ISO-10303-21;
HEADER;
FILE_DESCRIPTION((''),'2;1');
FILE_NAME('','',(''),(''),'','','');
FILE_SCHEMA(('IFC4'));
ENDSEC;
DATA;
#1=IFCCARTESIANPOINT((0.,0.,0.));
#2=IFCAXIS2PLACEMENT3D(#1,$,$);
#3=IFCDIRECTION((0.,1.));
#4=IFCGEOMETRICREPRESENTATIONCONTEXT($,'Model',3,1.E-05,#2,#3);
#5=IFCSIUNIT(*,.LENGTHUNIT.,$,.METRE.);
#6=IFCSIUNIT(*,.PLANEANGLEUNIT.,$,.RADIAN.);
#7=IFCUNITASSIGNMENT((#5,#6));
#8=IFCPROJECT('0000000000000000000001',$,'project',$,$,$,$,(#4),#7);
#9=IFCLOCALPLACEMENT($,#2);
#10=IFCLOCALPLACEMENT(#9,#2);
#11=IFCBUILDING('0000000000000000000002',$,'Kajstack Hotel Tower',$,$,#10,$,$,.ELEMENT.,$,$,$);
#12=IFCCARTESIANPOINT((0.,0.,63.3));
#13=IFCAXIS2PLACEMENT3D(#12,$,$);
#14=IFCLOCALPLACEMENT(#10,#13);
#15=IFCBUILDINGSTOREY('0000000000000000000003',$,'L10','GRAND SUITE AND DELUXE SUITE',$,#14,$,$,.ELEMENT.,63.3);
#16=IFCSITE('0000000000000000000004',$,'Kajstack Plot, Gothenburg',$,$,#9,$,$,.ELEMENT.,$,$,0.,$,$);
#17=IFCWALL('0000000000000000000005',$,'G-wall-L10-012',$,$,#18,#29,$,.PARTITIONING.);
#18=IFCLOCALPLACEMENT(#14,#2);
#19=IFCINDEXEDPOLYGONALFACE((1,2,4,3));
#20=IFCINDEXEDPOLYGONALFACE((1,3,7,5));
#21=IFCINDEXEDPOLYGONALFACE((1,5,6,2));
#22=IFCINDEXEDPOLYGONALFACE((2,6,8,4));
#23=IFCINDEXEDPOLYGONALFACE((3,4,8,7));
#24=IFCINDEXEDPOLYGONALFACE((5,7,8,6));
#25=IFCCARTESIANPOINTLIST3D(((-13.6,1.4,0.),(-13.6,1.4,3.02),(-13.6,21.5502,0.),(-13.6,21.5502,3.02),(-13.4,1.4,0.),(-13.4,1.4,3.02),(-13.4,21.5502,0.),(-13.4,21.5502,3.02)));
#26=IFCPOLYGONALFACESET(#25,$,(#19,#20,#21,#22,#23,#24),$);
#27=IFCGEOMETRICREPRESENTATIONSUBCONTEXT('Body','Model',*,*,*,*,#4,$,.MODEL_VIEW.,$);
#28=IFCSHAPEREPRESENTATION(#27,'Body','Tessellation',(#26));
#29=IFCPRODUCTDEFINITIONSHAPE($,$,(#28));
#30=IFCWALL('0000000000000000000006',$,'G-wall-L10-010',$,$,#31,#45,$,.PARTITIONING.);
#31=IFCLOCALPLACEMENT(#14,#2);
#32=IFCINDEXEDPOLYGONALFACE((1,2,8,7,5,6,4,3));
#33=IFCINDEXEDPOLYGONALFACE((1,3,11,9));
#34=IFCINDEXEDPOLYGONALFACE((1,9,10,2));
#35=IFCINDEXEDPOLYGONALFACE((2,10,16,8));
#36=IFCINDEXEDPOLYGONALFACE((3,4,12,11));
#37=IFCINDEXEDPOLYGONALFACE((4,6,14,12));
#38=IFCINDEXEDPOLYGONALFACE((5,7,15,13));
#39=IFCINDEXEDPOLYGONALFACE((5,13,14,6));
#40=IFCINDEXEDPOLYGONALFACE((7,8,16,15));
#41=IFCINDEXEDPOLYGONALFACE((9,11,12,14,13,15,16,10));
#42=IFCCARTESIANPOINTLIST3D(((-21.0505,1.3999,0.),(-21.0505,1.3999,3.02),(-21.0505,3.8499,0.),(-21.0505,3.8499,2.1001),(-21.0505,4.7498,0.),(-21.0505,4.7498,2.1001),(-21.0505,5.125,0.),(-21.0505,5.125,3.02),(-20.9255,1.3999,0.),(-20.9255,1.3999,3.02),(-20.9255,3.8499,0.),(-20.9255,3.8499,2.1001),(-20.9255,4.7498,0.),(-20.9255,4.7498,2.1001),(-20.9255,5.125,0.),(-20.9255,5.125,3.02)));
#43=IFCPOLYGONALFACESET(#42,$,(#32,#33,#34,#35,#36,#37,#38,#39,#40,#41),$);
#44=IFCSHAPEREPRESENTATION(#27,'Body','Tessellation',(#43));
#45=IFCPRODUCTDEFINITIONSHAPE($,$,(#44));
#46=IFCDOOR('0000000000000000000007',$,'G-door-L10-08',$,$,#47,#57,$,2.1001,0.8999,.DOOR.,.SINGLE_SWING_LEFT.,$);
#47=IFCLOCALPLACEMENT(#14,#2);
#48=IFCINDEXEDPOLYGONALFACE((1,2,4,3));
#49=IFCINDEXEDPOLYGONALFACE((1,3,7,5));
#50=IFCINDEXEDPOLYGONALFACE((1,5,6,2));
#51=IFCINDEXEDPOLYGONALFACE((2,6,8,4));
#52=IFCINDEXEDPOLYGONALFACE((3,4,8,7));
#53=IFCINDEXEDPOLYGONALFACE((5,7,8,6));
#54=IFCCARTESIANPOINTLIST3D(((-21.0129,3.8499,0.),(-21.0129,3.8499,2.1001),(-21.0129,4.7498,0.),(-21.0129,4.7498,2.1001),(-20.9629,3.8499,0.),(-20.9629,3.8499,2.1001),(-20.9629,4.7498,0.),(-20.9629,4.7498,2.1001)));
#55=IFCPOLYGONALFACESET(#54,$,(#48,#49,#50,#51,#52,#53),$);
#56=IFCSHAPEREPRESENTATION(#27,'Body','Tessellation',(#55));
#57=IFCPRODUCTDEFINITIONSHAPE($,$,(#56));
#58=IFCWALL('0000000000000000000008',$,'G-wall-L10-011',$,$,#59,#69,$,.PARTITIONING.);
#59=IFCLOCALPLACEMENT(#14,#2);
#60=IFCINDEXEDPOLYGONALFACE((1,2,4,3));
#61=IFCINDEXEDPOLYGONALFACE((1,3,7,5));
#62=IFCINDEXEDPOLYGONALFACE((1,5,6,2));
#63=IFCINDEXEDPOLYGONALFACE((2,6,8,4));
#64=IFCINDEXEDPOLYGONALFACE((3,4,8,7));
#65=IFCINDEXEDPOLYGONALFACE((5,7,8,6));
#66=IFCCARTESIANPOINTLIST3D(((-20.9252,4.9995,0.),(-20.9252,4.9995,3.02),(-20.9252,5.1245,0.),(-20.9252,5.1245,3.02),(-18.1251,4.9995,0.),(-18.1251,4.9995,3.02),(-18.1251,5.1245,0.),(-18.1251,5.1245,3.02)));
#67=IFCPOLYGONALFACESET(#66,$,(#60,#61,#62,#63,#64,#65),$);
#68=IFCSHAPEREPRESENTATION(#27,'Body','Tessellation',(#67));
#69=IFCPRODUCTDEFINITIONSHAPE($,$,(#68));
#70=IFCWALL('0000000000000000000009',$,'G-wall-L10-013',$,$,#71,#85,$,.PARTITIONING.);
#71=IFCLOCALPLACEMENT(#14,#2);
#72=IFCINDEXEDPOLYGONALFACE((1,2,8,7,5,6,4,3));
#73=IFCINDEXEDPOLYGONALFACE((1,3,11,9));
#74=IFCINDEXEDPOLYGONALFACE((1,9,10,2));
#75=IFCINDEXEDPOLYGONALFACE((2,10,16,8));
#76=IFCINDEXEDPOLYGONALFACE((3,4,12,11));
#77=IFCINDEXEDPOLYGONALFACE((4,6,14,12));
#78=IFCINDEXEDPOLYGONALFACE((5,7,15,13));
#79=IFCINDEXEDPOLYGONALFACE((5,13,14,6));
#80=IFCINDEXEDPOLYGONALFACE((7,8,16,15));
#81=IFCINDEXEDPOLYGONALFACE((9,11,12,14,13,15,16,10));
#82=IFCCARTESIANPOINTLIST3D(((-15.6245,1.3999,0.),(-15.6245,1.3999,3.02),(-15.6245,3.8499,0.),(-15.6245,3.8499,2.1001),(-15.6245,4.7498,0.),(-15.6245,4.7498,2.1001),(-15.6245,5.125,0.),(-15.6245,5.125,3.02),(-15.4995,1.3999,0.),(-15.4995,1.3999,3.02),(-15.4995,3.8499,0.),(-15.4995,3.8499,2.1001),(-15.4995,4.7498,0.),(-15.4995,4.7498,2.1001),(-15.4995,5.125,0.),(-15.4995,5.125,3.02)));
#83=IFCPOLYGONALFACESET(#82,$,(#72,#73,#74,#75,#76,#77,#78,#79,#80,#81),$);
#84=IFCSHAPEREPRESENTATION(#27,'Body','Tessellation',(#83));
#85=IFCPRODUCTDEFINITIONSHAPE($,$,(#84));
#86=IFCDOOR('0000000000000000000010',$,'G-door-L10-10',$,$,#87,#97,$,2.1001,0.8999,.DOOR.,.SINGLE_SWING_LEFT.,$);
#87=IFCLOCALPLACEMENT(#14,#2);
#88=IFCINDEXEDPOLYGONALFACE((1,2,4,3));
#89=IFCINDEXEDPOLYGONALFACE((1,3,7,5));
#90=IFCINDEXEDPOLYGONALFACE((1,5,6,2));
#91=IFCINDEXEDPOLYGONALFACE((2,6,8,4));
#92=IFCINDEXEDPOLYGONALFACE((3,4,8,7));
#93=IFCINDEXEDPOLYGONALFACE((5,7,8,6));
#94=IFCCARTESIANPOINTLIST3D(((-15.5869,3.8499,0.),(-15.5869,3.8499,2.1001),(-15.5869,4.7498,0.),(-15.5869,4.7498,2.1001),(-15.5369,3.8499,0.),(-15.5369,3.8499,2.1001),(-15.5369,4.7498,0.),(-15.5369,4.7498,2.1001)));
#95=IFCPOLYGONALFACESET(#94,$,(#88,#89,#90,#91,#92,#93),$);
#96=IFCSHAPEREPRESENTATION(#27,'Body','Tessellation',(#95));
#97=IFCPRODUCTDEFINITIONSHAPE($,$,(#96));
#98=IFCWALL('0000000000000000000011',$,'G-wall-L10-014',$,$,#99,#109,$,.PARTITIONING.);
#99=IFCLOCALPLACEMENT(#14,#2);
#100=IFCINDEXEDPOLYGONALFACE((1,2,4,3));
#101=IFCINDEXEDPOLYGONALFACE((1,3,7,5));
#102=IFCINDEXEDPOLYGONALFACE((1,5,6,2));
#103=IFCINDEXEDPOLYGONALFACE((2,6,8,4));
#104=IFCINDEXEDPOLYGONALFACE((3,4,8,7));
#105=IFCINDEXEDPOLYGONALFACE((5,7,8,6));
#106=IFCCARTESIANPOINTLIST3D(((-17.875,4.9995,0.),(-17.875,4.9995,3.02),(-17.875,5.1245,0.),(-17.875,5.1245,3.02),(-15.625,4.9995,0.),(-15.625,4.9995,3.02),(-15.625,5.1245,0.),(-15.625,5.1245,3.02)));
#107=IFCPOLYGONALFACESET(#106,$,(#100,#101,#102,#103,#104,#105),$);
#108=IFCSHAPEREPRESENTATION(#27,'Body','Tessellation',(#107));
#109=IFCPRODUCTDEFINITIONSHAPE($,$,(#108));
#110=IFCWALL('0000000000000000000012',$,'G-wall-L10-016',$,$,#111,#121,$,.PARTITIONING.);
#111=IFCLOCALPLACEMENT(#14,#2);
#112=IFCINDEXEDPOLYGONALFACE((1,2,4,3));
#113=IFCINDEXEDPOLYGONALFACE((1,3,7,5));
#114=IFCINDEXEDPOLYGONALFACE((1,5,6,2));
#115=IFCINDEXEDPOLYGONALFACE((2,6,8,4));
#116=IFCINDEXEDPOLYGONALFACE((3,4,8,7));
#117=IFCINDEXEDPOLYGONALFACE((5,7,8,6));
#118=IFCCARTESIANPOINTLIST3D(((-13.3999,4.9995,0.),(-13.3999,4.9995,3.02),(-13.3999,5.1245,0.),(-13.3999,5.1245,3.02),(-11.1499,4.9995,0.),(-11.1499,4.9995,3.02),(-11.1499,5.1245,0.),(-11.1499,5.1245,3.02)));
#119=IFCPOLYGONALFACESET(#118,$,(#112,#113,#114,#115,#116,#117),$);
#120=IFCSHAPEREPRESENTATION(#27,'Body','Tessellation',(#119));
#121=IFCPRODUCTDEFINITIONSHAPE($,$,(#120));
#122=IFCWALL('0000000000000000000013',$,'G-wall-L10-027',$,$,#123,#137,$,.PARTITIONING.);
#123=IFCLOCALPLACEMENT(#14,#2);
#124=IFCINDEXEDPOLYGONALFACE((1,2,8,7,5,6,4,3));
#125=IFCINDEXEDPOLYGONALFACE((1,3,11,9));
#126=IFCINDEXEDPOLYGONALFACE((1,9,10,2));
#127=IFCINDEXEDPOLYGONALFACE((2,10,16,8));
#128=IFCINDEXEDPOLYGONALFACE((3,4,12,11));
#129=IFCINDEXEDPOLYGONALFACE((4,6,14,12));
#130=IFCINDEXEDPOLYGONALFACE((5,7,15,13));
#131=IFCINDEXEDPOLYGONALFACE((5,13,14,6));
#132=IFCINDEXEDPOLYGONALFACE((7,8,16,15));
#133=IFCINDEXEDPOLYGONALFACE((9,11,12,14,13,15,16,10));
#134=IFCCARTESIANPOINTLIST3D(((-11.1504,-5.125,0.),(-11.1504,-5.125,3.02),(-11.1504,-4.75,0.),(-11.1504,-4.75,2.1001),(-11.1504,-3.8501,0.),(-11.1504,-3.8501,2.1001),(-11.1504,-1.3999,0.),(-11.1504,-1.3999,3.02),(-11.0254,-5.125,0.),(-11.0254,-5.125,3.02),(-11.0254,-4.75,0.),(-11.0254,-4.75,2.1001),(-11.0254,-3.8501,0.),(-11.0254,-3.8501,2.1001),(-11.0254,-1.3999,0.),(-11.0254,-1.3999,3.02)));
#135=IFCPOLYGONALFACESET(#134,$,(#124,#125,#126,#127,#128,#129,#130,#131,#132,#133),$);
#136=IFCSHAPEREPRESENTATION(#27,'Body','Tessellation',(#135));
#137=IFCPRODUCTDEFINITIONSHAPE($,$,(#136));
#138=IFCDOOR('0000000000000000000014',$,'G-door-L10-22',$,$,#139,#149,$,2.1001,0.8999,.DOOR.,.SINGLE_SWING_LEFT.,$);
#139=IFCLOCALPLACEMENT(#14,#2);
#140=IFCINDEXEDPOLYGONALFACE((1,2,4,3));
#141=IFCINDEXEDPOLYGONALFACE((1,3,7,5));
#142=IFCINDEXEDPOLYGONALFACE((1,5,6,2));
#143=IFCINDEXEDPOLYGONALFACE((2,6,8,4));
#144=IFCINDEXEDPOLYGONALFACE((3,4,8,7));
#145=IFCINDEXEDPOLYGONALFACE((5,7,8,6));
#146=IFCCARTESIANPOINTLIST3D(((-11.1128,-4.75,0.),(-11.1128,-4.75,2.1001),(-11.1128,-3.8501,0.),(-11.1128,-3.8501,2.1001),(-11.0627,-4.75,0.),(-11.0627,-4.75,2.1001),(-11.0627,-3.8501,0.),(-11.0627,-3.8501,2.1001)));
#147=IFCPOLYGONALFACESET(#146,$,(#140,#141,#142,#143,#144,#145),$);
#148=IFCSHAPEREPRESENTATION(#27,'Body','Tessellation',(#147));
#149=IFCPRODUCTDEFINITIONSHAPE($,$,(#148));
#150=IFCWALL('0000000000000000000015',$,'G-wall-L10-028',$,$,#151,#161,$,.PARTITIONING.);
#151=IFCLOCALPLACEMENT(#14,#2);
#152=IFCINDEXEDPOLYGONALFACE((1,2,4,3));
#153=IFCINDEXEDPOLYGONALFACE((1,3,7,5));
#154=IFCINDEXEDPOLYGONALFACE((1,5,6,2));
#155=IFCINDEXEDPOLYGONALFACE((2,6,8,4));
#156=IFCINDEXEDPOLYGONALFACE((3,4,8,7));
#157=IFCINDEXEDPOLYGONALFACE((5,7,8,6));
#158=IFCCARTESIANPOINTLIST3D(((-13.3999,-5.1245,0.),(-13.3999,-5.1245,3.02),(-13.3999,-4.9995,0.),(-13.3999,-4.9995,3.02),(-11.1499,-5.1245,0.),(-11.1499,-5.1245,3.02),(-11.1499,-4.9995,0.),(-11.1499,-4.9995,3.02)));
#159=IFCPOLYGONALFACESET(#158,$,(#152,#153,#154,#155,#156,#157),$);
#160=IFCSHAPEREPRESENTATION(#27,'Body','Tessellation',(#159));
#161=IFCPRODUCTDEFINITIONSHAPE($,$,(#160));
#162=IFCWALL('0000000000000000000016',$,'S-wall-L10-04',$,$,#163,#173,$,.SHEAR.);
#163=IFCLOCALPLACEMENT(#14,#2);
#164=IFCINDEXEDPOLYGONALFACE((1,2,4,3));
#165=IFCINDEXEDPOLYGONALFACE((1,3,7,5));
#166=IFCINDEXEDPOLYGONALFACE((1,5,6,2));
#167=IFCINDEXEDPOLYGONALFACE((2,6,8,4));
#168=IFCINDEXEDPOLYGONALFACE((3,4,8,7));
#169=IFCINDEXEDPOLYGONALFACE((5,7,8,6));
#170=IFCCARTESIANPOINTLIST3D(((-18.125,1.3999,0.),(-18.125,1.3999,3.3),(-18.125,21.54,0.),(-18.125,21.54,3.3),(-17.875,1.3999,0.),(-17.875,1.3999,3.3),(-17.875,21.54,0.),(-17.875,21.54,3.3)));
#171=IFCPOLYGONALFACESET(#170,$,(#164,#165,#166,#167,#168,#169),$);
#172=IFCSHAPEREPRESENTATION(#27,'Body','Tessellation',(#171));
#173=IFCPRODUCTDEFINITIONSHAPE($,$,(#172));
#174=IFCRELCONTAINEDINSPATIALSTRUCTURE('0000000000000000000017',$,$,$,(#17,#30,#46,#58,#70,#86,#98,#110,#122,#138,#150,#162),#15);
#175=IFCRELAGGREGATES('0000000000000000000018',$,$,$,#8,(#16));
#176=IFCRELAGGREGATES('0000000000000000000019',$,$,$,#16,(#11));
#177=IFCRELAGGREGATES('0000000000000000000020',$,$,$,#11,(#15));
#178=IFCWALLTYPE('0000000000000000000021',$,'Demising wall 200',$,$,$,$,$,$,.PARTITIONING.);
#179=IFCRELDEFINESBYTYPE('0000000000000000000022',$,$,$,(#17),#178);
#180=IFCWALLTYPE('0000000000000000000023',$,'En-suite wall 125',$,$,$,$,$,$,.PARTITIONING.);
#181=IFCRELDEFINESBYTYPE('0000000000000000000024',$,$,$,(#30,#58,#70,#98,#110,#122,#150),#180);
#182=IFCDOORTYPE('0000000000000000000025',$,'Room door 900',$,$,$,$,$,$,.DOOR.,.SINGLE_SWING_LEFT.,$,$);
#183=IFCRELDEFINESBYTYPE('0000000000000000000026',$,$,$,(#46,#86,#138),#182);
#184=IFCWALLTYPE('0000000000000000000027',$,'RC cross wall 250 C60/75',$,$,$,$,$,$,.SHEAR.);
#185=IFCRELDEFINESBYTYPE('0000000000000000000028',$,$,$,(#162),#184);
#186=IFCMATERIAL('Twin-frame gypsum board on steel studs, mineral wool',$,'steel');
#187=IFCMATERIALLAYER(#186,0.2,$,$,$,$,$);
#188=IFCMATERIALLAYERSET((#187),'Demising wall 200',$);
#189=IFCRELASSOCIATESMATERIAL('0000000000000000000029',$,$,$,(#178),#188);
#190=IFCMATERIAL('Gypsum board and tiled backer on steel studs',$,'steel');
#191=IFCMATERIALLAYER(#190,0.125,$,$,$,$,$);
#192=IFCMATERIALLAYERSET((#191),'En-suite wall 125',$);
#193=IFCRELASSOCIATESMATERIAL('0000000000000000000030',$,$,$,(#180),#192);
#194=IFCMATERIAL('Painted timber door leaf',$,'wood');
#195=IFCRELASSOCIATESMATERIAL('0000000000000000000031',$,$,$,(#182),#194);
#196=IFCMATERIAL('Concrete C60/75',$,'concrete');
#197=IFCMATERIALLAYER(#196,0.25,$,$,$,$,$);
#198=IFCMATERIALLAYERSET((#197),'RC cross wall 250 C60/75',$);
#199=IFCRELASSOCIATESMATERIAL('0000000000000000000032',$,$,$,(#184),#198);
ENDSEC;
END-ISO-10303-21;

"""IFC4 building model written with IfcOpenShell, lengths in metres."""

from ifc_helpers import new_model, si_unit, direction, frame, frame_2d, origin, place, context, subcontext, project, spatial, rectangle, extrude, material, layer, layer_set, type_object, element, fill, save


model = new_model("IFC4")

# Units and contexts
model_context = context("Model", 3, precision=1e-05, world=origin(), true_north=direction((0.0, 1.0)))
body_context = subcontext(model_context, "Body", "Model", "MODEL_VIEW")
ifc_project = project(units=[si_unit("LENGTHUNIT", "METRE"), si_unit("PLANEANGLEUNIT", "RADIAN")], contexts=[model_context])

# Site, building, storey
site_placement = place(None, origin())
site = spatial("IfcSite", under=ifc_project, at=site_placement, Name="Kajstack Plot, Gothenburg", CompositionType="ELEMENT", RefElevation=0.0)
building_placement = place(site_placement, origin())
building = spatial("IfcBuilding", under=site, at=building_placement, Name="Kajstack Hotel Tower", CompositionType="ELEMENT")
storey_placement = place(building_placement, frame((0.0, 0.0, 63.3)))
storey = spatial("IfcBuildingStorey", under=building, at=storey_placement, Name="L10", Description="GRAND SUITE AND DELUXE SUITE", CompositionType="ELEMENT", Elevation=63.3)

# Wall
ifc_material_1 = material(Name="Twin-frame gypsum board on steel studs, mineral wool", Category="steel")
ifc_layer_1 = layer(ifc_material_1, 0.2)
ifc_layer_set_1 = layer_set([ifc_layer_1], Name="Demising wall 200")
wall_type_1 = type_object("IfcWallType", Name="Demising wall 200", PredefinedType="PARTITIONING", material=ifc_layer_set_1)
wall_1_placement = place(storey_placement, frame((-13.5, 1.3999, 0.0), z_axis=(0.0, 0.0, 1.0), x_axis=(0.0, 1.0, 0.0)))
element("IfcWall", 1, at=wall_1_placement, inside=storey, type_object=wall_type_1, Name="G-wall-L10-012", PredefinedType="PARTITIONING", context=body_context, shape_type="SweptSolid", body=[
    extrude(rectangle(XDim=20.1501, YDim=0.2, at=frame_2d((10.0752, 0.0))), origin(), (0.0, 0.0, 1.0), 3.02),
])

# Wall, opening, door
ifc_material_2 = material(Name="Gypsum board and tiled backer on steel studs", Category="steel")
ifc_layer_2 = layer(ifc_material_2, 0.125)
ifc_layer_set_2 = layer_set([ifc_layer_2], Name="En-suite wall 125")
wall_type_2 = type_object("IfcWallType", Name="En-suite wall 125", PredefinedType="PARTITIONING", material=ifc_layer_set_2)
wall_2_placement = place(storey_placement, frame((-20.988, 1.3999, 0.0), z_axis=(0.0, 0.0, 1.0), x_axis=(0.0, 1.0, 0.0)))
wall_2 = element("IfcWall", 2, at=wall_2_placement, inside=storey, type_object=wall_type_2, Name="G-wall-L10-010", PredefinedType="PARTITIONING", context=body_context, shape_type="SweptSolid", body=[
    extrude(rectangle(XDim=3.7251, YDim=0.125, at=frame_2d((1.8625, 0.0))), origin(), (0.0, 0.0, 1.0), 3.02),
])
opening_1_placement = place(wall_2_placement, frame((2.45, 0.0, 0.0)))
opening_1 = element("IfcOpeningElement", 3, at=opening_1_placement, cuts=wall_2, PredefinedType="OPENING", context=body_context, shape_type="SweptSolid", body=[
    extrude(rectangle(XDim=0.8999, YDim=2.1001, at=frame_2d((0.45, 1.05))), frame((0.0, 0.0725, 0.0), z_axis=(0.0, -1.0, 0.0), x_axis=(1.0, 0.0, 0.0)), (0.0, 0.0, 1.0), 0.145),
])
ifc_material_3 = material(Name="Painted timber door leaf", Category="wood")
door_type_1 = type_object("IfcDoorType", Name="Room door 900", OperationType="SINGLE_SWING_LEFT", PredefinedType="DOOR", material=ifc_material_3)
door_1_placement = place(opening_1_placement, origin())
door_1 = element("IfcDoor", 4, at=door_1_placement, inside=storey, type_object=door_type_1, Name="G-door-L10-08", OperationType="SINGLE_SWING_LEFT", OverallHeight=2.1001, OverallWidth=0.8999, PredefinedType="DOOR", context=body_context, shape_type="SweptSolid", body=[
    extrude(rectangle(XDim=0.8999, YDim=2.1001, at=frame_2d((0.45, 1.05))), frame((0.0, 0.0249, 0.0), z_axis=(0.0, -1.0, 0.0), x_axis=(1.0, 0.0, 0.0)), (0.0, 0.0, 1.0), 0.05),
])
fill(opening_1, door_1)

# Wall
wall_3_placement = place(storey_placement, frame((-20.925, 5.062, 0.0), z_axis=(0.0, 0.0, 1.0), x_axis=(1.0, 0.0, 0.0)))
element("IfcWall", 5, at=wall_3_placement, inside=storey, type_object=wall_type_2, Name="G-wall-L10-011", PredefinedType="PARTITIONING", context=body_context, shape_type="SweptSolid", body=[
    extrude(rectangle(XDim=2.8, YDim=0.125, at=frame_2d((1.3999, 0.0))), origin(), (0.0, 0.0, 1.0), 3.02),
])

# Wall, opening, door
wall_4_placement = place(storey_placement, frame((-15.562, 1.3999, 0.0), z_axis=(0.0, 0.0, 1.0), x_axis=(0.0, 1.0, 0.0)))
wall_4 = element("IfcWall", 6, at=wall_4_placement, inside=storey, type_object=wall_type_2, Name="G-wall-L10-013", PredefinedType="PARTITIONING", context=body_context, shape_type="SweptSolid", body=[
    extrude(rectangle(XDim=3.7251, YDim=0.125, at=frame_2d((1.8625, 0.0))), origin(), (0.0, 0.0, 1.0), 3.02),
])
opening_2_placement = place(wall_4_placement, frame((2.45, 0.0, 0.0)))
opening_2 = element("IfcOpeningElement", 7, at=opening_2_placement, cuts=wall_4, PredefinedType="OPENING", context=body_context, shape_type="SweptSolid", body=[
    extrude(rectangle(XDim=0.8999, YDim=2.1001, at=frame_2d((0.45, 1.05))), frame((0.0, 0.0725, 0.0), z_axis=(0.0, -1.0, 0.0), x_axis=(1.0, 0.0, 0.0)), (0.0, 0.0, 1.0), 0.145),
])
door_2_placement = place(opening_2_placement, origin())
door_2 = element("IfcDoor", 8, at=door_2_placement, inside=storey, type_object=door_type_1, Name="G-door-L10-10", OperationType="SINGLE_SWING_LEFT", OverallHeight=2.1001, OverallWidth=0.8999, PredefinedType="DOOR", context=body_context, shape_type="SweptSolid", body=[
    extrude(rectangle(XDim=0.8999, YDim=2.1001, at=frame_2d((0.45, 1.05))), frame((0.0, 0.0249, 0.0), z_axis=(0.0, -1.0, 0.0), x_axis=(1.0, 0.0, 0.0)), (0.0, 0.0, 1.0), 0.05),
])
fill(opening_2, door_2)

# Walls
for number, where, z_axis, x_axis, name in (
    (9, (-17.875, 5.062, 0.0), (0.0, 0.0, 1.0), (1.0, 0.0, 0.0), "G-wall-L10-014"),
    (10, (-13.3999, 5.062, 0.0), (0.0, 0.0, 1.0), (1.0, 0.0, 0.0), "G-wall-L10-016"),
):
    element("IfcWall", number, at=place(storey_placement, frame(where, z_axis=z_axis, x_axis=x_axis)), inside=storey, type_object=wall_type_2, Name=name, PredefinedType="PARTITIONING", context=body_context, shape_type="SweptSolid", body=[
        extrude(rectangle(XDim=2.25, YDim=0.125, at=frame_2d((1.125, 0.0))), origin(), (0.0, 0.0, 1.0), 3.02),
    ])

# Wall, opening, door
wall_5_placement = place(storey_placement, frame((-11.0879, -5.125, 0.0), z_axis=(0.0, 0.0, 1.0), x_axis=(0.0, 1.0, 0.0)))
wall_5 = element("IfcWall", 11, at=wall_5_placement, inside=storey, type_object=wall_type_2, Name="G-wall-L10-027", PredefinedType="PARTITIONING", context=body_context, shape_type="SweptSolid", body=[
    extrude(rectangle(XDim=3.7251, YDim=0.125, at=frame_2d((1.8625, 0.0))), origin(), (0.0, 0.0, 1.0), 3.02),
])
opening_3_placement = place(wall_5_placement, frame((0.375, 0.0, 0.0)))
opening_3 = element("IfcOpeningElement", 12, at=opening_3_placement, cuts=wall_5, PredefinedType="OPENING", context=body_context, shape_type="SweptSolid", body=[
    extrude(rectangle(XDim=0.8999, YDim=2.1001, at=frame_2d((0.45, 1.05))), frame((0.0, 0.0725, 0.0), z_axis=(0.0, -1.0, 0.0), x_axis=(1.0, 0.0, 0.0)), (0.0, 0.0, 1.0), 0.145),
])
door_3_placement = place(opening_3_placement, origin())
door_3 = element("IfcDoor", 13, at=door_3_placement, inside=storey, type_object=door_type_1, Name="G-door-L10-22", OperationType="SINGLE_SWING_LEFT", OverallHeight=2.1001, OverallWidth=0.8999, PredefinedType="DOOR", context=body_context, shape_type="SweptSolid", body=[
    extrude(rectangle(XDim=0.8999, YDim=2.1001, at=frame_2d((0.45, 1.05))), frame((0.0, 0.0249, 0.0), z_axis=(0.0, -1.0, 0.0), x_axis=(1.0, 0.0, 0.0)), (0.0, 0.0, 1.0), 0.05),
])
fill(opening_3, door_3)

# Walls
wall_6_placement = place(storey_placement, frame((-13.3999, -5.062, 0.0), z_axis=(0.0, 0.0, 1.0), x_axis=(1.0, 0.0, 0.0)))
element("IfcWall", 14, at=wall_6_placement, inside=storey, type_object=wall_type_2, Name="G-wall-L10-028", PredefinedType="PARTITIONING", context=body_context, shape_type="SweptSolid", body=[
    extrude(rectangle(XDim=2.25, YDim=0.125, at=frame_2d((1.125, 0.0))), origin(), (0.0, 0.0, 1.0), 3.02),
])
ifc_material_4 = material(Name="Concrete C60/75", Category="concrete")
ifc_layer_3 = layer(ifc_material_4, 0.25)
ifc_layer_set_3 = layer_set([ifc_layer_3], Name="RC cross wall 250 C60/75")
wall_type_3 = type_object("IfcWallType", Name="RC cross wall 250 C60/75", PredefinedType="SHEAR", material=ifc_layer_set_3)
wall_7_placement = place(storey_placement, frame((-18.0, 1.3999, 0.0), z_axis=(0.0, 0.0, 1.0), x_axis=(0.0, 1.0, 0.0)))
element("IfcWall", 15, at=wall_7_placement, inside=storey, type_object=wall_type_3, Name="S-wall-L10-04", PredefinedType="SHEAR", context=body_context, shape_type="SweptSolid", body=[
    extrude(rectangle(XDim=20.1401, YDim=0.25, at=frame_2d((10.0701, 0.0))), origin(), (0.0, 0.0, 1.0), 3.3),
])

save(model, "model.ifc")
